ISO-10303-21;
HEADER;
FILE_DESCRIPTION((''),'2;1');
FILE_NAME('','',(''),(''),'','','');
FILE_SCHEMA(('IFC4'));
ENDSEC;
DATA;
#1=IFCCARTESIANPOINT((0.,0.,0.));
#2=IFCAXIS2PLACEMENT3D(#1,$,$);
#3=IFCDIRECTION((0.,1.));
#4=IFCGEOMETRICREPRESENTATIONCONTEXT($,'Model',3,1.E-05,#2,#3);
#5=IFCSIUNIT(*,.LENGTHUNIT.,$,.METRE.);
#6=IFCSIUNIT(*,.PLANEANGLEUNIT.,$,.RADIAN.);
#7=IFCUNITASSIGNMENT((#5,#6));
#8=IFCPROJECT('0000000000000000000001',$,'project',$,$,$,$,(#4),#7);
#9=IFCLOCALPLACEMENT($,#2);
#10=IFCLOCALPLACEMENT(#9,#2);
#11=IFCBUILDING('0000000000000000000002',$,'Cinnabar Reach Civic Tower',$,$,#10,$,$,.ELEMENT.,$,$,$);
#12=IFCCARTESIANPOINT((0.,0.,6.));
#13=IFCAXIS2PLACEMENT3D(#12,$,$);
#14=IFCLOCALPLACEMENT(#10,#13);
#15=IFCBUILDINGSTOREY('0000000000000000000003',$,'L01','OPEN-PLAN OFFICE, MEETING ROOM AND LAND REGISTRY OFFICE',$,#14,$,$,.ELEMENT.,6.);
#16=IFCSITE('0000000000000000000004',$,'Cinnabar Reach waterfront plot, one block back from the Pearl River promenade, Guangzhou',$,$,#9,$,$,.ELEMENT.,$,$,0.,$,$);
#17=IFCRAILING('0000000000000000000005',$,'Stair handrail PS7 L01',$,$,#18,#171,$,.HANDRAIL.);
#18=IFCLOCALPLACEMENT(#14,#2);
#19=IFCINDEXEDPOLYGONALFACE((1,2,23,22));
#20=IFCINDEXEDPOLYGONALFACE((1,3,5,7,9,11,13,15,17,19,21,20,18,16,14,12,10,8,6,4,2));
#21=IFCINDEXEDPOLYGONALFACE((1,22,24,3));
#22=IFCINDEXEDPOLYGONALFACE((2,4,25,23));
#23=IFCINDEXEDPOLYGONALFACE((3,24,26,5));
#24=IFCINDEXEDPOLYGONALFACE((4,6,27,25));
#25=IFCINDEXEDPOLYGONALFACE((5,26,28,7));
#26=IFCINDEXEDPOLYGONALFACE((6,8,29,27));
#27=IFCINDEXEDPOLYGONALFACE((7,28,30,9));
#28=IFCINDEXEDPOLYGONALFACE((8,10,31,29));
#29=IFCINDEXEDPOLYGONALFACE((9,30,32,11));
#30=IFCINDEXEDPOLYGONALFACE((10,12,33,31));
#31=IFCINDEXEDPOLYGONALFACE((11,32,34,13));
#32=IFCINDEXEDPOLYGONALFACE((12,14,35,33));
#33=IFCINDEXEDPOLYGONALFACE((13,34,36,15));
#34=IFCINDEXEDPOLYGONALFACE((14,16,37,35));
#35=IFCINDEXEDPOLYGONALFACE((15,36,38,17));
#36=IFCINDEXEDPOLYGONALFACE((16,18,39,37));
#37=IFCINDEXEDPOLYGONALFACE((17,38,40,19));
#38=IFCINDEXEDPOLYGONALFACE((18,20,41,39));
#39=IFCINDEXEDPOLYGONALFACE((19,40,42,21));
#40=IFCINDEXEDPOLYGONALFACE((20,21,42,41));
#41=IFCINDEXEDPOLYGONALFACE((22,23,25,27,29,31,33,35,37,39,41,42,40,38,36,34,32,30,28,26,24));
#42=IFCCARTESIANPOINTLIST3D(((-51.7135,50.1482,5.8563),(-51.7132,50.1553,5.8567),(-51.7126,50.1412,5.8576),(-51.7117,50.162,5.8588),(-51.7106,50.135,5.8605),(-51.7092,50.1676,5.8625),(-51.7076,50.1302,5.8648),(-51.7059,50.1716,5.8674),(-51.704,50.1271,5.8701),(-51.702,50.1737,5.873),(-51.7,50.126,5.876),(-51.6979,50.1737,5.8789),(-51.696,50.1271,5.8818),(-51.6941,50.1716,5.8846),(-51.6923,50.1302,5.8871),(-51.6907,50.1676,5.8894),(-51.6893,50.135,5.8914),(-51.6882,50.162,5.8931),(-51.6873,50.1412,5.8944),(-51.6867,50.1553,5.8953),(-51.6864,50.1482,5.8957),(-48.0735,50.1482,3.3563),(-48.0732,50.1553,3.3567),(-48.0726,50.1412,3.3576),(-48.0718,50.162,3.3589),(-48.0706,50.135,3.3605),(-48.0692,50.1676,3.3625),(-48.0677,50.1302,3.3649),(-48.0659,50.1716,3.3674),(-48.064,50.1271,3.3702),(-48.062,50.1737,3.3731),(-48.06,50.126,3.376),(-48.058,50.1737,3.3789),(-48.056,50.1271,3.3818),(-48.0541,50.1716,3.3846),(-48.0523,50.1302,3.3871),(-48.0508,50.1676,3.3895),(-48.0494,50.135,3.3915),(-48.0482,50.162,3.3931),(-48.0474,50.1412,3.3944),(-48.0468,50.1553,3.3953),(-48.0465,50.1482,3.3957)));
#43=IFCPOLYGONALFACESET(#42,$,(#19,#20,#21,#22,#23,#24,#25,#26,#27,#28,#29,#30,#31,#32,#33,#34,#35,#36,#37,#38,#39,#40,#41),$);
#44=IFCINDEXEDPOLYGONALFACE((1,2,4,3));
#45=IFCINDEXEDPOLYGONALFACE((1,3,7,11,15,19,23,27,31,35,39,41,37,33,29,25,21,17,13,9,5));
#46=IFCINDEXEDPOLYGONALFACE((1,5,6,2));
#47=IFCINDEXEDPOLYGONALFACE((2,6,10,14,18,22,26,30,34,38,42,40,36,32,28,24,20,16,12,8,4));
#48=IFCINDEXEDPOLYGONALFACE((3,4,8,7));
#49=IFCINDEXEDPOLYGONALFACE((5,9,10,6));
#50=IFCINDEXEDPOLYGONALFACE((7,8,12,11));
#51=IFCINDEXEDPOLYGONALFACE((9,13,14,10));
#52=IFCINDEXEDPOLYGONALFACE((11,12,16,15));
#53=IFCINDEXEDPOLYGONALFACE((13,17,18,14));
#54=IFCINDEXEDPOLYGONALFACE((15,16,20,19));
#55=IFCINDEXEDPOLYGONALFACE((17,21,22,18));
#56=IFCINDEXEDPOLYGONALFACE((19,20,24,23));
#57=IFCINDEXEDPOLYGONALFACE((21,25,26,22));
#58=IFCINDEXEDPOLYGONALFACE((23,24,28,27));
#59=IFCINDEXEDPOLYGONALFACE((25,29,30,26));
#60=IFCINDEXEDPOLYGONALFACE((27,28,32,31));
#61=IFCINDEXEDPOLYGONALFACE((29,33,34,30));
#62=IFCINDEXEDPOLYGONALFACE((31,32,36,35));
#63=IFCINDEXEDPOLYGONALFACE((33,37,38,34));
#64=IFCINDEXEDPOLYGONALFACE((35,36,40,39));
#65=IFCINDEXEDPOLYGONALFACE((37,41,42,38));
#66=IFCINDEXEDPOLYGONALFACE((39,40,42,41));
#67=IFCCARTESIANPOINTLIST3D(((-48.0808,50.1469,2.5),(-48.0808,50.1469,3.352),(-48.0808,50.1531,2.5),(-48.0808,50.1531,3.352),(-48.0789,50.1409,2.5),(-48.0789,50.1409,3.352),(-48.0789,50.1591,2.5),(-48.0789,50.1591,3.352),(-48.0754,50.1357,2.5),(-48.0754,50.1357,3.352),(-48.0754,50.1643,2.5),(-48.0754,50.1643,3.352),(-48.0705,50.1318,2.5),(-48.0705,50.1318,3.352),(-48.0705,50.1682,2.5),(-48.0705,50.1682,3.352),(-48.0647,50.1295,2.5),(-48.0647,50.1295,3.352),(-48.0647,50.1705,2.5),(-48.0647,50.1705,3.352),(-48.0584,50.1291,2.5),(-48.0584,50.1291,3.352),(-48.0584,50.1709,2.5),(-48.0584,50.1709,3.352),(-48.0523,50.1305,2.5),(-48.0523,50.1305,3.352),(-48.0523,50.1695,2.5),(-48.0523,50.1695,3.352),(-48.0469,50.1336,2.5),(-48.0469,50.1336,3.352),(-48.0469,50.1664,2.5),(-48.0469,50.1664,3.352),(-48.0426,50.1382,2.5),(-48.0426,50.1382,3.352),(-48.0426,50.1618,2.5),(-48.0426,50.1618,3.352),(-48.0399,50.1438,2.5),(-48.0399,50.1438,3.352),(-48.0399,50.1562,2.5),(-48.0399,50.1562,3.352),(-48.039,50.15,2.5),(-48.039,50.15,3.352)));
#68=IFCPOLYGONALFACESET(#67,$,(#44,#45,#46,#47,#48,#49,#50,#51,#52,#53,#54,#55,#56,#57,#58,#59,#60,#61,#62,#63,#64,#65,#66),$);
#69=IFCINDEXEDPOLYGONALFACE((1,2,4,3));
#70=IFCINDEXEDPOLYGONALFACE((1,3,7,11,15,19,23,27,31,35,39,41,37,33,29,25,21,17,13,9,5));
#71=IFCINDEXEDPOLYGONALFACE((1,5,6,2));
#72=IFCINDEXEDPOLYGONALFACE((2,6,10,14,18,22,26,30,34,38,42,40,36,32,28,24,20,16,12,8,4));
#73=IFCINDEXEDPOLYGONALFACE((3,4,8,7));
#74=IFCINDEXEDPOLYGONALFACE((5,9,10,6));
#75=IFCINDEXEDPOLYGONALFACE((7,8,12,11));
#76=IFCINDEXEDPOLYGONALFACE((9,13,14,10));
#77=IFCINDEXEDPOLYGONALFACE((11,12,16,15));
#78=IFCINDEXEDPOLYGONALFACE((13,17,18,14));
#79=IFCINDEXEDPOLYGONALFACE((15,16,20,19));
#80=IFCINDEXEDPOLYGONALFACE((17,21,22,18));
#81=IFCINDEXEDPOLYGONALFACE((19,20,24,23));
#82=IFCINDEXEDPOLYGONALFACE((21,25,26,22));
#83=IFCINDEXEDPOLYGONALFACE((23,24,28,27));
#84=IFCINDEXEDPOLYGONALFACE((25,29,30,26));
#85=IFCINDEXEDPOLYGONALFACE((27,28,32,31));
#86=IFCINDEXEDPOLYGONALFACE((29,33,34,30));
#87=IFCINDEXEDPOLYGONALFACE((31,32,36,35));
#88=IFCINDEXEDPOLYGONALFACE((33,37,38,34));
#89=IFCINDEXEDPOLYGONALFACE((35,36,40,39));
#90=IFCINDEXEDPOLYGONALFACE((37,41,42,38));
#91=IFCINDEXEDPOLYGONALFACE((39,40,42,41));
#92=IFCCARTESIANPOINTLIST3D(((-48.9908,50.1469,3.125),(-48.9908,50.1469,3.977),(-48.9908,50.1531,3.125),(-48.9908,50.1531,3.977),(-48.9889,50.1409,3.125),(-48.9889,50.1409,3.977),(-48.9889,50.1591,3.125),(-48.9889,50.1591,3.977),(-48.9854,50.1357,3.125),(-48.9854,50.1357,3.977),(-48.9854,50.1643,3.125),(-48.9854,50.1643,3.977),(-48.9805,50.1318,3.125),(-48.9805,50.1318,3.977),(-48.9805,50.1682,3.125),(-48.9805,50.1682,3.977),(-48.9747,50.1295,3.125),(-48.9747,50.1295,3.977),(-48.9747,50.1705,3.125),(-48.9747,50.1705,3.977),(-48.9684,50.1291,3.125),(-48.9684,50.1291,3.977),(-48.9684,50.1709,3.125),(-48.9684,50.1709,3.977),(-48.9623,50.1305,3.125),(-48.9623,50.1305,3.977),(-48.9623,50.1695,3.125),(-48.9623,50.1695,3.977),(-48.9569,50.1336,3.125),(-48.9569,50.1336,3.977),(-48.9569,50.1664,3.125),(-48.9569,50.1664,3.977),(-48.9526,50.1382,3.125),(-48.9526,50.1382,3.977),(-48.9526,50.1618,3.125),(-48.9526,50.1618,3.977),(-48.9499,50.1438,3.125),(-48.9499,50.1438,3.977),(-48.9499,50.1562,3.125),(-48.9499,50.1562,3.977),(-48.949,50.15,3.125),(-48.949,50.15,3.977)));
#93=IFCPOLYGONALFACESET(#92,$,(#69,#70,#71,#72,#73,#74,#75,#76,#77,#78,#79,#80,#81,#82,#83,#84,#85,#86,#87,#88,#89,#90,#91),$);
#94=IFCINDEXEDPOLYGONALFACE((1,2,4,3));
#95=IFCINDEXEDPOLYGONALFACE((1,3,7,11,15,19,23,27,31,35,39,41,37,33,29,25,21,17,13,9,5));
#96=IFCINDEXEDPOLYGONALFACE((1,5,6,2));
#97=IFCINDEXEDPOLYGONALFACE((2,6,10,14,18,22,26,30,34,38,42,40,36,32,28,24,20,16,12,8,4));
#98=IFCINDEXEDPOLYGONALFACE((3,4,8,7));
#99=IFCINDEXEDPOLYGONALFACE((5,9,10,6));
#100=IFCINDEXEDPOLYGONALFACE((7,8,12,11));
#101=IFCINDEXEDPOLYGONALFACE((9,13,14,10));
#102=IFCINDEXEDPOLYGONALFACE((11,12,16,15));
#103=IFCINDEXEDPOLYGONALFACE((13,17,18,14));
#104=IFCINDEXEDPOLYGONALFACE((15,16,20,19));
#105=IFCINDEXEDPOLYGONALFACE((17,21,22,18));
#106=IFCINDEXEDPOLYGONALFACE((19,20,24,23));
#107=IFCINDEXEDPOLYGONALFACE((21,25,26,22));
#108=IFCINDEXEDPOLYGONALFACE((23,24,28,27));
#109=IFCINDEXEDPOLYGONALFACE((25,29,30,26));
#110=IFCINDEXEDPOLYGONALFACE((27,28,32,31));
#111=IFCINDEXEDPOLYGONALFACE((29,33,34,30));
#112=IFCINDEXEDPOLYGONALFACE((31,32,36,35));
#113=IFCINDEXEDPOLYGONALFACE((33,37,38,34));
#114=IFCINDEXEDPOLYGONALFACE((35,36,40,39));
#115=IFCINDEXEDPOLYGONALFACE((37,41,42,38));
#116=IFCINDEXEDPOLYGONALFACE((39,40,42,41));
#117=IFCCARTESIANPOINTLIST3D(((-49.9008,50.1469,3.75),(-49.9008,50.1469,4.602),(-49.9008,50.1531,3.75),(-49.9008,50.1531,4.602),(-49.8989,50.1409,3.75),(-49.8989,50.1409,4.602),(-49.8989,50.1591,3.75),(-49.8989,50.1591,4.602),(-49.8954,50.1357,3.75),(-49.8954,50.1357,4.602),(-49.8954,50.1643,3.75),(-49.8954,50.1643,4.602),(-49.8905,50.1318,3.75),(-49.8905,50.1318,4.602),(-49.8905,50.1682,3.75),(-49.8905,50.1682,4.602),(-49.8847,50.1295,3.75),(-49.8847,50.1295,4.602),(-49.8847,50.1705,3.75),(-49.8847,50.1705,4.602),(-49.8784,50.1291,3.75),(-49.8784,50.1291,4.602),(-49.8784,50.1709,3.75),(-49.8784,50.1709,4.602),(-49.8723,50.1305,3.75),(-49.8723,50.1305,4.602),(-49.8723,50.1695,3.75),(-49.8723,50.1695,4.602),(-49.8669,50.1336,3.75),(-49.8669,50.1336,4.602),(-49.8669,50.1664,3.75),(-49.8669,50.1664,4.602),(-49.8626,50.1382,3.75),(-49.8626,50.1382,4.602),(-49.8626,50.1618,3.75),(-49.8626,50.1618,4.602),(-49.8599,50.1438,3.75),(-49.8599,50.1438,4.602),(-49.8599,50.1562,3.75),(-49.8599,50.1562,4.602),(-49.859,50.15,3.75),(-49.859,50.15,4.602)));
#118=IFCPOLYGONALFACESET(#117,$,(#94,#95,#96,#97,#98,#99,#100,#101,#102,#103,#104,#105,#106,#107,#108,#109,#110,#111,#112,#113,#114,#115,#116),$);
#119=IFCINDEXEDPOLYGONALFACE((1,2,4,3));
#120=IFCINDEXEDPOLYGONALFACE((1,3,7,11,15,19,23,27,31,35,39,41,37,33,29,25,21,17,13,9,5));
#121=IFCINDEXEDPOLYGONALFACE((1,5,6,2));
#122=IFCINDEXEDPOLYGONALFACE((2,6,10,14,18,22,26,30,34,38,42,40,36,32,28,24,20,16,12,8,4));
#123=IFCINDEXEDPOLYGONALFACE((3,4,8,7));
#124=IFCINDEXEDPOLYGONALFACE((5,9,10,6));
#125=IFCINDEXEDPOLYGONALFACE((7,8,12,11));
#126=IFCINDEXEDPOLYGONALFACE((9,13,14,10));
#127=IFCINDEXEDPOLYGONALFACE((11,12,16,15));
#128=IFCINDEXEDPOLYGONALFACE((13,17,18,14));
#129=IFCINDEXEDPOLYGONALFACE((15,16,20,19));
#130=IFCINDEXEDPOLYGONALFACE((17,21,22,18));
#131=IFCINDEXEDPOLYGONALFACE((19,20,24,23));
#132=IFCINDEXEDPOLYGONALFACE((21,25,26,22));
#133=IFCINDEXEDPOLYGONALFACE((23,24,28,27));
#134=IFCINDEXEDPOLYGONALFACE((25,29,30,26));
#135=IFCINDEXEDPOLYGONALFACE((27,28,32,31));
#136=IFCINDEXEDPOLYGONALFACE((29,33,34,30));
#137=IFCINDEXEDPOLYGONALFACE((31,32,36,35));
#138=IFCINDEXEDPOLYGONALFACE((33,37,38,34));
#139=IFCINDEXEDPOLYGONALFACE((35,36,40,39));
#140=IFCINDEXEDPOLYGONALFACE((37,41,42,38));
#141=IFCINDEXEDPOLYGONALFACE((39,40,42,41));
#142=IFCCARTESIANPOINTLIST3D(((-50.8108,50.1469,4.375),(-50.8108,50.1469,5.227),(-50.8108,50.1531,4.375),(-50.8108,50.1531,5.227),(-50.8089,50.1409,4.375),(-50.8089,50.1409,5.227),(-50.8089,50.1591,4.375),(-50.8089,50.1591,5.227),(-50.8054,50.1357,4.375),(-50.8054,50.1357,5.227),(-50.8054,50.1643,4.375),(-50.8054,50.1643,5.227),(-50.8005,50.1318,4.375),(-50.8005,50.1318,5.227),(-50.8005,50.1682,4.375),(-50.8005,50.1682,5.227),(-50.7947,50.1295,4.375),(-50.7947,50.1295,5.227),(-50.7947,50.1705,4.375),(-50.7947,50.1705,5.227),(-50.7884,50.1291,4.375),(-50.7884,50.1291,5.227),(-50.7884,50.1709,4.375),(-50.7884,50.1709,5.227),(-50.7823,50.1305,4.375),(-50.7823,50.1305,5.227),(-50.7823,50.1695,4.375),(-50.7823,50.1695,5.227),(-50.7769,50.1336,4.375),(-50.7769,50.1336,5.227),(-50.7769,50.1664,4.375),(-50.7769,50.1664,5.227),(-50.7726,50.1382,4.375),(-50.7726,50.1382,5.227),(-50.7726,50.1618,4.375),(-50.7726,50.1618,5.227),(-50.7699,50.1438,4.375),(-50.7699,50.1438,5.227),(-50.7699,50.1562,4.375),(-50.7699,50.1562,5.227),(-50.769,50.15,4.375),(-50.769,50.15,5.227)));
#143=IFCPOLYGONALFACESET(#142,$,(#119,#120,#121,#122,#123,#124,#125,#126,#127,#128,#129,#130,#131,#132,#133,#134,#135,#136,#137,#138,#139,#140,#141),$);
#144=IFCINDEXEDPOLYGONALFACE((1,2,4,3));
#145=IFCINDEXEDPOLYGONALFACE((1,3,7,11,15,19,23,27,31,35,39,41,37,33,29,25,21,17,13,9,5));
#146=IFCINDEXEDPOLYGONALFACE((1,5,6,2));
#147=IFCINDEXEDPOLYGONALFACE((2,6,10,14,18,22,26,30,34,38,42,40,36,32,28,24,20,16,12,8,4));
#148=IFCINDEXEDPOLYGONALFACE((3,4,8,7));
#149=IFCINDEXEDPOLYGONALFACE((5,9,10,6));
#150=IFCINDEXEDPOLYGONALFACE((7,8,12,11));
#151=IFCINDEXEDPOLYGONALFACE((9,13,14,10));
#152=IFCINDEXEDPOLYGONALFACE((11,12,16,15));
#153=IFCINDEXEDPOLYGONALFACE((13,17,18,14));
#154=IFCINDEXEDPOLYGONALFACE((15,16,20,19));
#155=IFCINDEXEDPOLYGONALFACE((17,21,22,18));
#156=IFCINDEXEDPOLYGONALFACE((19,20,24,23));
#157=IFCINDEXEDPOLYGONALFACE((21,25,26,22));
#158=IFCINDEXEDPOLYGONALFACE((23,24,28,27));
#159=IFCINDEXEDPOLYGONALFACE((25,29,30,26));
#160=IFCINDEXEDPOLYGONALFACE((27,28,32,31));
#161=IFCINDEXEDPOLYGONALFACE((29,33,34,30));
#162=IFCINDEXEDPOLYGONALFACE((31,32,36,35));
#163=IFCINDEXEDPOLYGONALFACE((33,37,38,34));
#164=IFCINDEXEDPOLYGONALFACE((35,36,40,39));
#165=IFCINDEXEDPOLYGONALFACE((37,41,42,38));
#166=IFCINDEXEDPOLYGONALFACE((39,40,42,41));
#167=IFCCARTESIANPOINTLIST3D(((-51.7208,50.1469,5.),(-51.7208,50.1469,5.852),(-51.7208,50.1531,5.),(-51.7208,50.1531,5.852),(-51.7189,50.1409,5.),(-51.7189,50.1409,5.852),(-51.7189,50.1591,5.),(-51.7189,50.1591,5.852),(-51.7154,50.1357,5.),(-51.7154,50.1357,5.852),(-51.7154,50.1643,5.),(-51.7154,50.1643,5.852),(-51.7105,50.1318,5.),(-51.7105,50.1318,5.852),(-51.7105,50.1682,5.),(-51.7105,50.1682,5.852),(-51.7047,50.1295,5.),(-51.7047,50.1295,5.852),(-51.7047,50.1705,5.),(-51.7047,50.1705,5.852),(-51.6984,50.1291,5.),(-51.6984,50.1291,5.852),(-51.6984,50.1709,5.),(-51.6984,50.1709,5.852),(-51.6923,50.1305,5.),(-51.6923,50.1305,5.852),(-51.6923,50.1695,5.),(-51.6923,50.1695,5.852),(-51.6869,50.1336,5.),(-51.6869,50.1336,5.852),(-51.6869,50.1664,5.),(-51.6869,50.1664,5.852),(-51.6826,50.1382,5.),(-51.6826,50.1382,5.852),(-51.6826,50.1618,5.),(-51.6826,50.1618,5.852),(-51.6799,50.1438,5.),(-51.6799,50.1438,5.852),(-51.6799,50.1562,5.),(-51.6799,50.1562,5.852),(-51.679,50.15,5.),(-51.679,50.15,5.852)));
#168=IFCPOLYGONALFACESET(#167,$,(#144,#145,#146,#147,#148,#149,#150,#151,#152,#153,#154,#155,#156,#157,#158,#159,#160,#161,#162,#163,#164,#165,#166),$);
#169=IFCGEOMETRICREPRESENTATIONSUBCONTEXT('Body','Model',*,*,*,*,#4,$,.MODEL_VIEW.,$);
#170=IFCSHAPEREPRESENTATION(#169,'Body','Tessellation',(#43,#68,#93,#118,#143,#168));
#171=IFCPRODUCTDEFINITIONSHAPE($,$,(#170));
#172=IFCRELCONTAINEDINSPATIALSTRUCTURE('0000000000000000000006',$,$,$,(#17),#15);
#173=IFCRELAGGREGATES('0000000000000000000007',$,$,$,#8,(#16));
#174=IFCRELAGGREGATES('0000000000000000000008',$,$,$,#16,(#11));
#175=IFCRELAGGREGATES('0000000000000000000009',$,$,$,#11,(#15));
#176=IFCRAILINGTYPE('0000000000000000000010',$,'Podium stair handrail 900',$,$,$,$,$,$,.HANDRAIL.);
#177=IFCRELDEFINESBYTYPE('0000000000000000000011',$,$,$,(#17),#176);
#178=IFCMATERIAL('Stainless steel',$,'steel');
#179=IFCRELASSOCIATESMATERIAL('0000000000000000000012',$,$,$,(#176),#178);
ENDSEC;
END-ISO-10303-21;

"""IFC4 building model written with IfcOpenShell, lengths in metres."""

from ifc_helpers import new_model, si_unit, direction, frame, origin, origin_2d, place, context, subcontext, project, spatial, circle, extrude, material, type_object, element, save


model = new_model("IFC4")

# Units and contexts
model_context = context("Model", 3, precision=1e-05, world=origin(), true_north=direction((0.0, 1.0)))
body_context = subcontext(model_context, "Body", "Model", "MODEL_VIEW")
ifc_project = project(units=[si_unit("LENGTHUNIT", "METRE"), si_unit("PLANEANGLEUNIT", "RADIAN")], contexts=[model_context])

# Site, building, storey
site_placement = place(None, origin())
site = spatial("IfcSite", under=ifc_project, at=site_placement, Name="Cinnabar Reach waterfront plot, one block back from the Pearl River promenade, Guangzhou", CompositionType="ELEMENT", RefElevation=0.0)
building_placement = place(site_placement, origin())
building = spatial("IfcBuilding", under=site, at=building_placement, Name="Cinnabar Reach Civic Tower", CompositionType="ELEMENT")
storey_placement = place(building_placement, frame((0.0, 0.0, 6.0)))
storey = spatial("IfcBuildingStorey", under=building, at=storey_placement, Name="L01", Description="OPEN-PLAN OFFICE, MEETING ROOM AND LAND REGISTRY OFFICE", CompositionType="ELEMENT", Elevation=6.0)

# Railing
ifc_material_1 = material(Name="Stainless steel", Category="steel")
railing_type_1 = type_object("IfcRailingType", Name="Podium stair handrail 900", PredefinedType="HANDRAIL", material=ifc_material_1)
railing_1_placement = place(storey_placement, frame((-48.06, 50.15, 2.5)))
element("IfcRailing", 1, at=railing_1_placement, inside=storey, type_object=railing_type_1, Name="Stair handrail PS7 L01", PredefinedType="HANDRAIL", context=body_context, shape_type="SweptSolid", body=[
    extrude(circle(Radius=0.024, at=origin_2d()), frame((0.0, 0.0, 0.876), z_axis=(-0.824306, 0.0, 0.566144), x_axis=(0.0, -1.0, 0.0)), (0.0, 0.0, 1.0), 4.4158),
    extrude(circle(Radius=0.021, at=origin_2d()), origin(), (0.0, 0.0, 1.0), 0.852),
    extrude(circle(Radius=0.021, at=origin_2d()), frame((-0.91, 0.0, 0.625)), (0.0, 0.0, 1.0), 0.852),
    extrude(circle(Radius=0.021, at=origin_2d()), frame((-1.82, 0.0, 1.25)), (0.0, 0.0, 1.0), 0.852),
    extrude(circle(Radius=0.021, at=origin_2d()), frame((-2.73, 0.0, 1.875)), (0.0, 0.0, 1.0), 0.852),
    extrude(circle(Radius=0.021, at=origin_2d()), frame((-3.64, 0.0, 2.5)), (0.0, 0.0, 1.0), 0.852),
])

save(model, "model.ifc")
